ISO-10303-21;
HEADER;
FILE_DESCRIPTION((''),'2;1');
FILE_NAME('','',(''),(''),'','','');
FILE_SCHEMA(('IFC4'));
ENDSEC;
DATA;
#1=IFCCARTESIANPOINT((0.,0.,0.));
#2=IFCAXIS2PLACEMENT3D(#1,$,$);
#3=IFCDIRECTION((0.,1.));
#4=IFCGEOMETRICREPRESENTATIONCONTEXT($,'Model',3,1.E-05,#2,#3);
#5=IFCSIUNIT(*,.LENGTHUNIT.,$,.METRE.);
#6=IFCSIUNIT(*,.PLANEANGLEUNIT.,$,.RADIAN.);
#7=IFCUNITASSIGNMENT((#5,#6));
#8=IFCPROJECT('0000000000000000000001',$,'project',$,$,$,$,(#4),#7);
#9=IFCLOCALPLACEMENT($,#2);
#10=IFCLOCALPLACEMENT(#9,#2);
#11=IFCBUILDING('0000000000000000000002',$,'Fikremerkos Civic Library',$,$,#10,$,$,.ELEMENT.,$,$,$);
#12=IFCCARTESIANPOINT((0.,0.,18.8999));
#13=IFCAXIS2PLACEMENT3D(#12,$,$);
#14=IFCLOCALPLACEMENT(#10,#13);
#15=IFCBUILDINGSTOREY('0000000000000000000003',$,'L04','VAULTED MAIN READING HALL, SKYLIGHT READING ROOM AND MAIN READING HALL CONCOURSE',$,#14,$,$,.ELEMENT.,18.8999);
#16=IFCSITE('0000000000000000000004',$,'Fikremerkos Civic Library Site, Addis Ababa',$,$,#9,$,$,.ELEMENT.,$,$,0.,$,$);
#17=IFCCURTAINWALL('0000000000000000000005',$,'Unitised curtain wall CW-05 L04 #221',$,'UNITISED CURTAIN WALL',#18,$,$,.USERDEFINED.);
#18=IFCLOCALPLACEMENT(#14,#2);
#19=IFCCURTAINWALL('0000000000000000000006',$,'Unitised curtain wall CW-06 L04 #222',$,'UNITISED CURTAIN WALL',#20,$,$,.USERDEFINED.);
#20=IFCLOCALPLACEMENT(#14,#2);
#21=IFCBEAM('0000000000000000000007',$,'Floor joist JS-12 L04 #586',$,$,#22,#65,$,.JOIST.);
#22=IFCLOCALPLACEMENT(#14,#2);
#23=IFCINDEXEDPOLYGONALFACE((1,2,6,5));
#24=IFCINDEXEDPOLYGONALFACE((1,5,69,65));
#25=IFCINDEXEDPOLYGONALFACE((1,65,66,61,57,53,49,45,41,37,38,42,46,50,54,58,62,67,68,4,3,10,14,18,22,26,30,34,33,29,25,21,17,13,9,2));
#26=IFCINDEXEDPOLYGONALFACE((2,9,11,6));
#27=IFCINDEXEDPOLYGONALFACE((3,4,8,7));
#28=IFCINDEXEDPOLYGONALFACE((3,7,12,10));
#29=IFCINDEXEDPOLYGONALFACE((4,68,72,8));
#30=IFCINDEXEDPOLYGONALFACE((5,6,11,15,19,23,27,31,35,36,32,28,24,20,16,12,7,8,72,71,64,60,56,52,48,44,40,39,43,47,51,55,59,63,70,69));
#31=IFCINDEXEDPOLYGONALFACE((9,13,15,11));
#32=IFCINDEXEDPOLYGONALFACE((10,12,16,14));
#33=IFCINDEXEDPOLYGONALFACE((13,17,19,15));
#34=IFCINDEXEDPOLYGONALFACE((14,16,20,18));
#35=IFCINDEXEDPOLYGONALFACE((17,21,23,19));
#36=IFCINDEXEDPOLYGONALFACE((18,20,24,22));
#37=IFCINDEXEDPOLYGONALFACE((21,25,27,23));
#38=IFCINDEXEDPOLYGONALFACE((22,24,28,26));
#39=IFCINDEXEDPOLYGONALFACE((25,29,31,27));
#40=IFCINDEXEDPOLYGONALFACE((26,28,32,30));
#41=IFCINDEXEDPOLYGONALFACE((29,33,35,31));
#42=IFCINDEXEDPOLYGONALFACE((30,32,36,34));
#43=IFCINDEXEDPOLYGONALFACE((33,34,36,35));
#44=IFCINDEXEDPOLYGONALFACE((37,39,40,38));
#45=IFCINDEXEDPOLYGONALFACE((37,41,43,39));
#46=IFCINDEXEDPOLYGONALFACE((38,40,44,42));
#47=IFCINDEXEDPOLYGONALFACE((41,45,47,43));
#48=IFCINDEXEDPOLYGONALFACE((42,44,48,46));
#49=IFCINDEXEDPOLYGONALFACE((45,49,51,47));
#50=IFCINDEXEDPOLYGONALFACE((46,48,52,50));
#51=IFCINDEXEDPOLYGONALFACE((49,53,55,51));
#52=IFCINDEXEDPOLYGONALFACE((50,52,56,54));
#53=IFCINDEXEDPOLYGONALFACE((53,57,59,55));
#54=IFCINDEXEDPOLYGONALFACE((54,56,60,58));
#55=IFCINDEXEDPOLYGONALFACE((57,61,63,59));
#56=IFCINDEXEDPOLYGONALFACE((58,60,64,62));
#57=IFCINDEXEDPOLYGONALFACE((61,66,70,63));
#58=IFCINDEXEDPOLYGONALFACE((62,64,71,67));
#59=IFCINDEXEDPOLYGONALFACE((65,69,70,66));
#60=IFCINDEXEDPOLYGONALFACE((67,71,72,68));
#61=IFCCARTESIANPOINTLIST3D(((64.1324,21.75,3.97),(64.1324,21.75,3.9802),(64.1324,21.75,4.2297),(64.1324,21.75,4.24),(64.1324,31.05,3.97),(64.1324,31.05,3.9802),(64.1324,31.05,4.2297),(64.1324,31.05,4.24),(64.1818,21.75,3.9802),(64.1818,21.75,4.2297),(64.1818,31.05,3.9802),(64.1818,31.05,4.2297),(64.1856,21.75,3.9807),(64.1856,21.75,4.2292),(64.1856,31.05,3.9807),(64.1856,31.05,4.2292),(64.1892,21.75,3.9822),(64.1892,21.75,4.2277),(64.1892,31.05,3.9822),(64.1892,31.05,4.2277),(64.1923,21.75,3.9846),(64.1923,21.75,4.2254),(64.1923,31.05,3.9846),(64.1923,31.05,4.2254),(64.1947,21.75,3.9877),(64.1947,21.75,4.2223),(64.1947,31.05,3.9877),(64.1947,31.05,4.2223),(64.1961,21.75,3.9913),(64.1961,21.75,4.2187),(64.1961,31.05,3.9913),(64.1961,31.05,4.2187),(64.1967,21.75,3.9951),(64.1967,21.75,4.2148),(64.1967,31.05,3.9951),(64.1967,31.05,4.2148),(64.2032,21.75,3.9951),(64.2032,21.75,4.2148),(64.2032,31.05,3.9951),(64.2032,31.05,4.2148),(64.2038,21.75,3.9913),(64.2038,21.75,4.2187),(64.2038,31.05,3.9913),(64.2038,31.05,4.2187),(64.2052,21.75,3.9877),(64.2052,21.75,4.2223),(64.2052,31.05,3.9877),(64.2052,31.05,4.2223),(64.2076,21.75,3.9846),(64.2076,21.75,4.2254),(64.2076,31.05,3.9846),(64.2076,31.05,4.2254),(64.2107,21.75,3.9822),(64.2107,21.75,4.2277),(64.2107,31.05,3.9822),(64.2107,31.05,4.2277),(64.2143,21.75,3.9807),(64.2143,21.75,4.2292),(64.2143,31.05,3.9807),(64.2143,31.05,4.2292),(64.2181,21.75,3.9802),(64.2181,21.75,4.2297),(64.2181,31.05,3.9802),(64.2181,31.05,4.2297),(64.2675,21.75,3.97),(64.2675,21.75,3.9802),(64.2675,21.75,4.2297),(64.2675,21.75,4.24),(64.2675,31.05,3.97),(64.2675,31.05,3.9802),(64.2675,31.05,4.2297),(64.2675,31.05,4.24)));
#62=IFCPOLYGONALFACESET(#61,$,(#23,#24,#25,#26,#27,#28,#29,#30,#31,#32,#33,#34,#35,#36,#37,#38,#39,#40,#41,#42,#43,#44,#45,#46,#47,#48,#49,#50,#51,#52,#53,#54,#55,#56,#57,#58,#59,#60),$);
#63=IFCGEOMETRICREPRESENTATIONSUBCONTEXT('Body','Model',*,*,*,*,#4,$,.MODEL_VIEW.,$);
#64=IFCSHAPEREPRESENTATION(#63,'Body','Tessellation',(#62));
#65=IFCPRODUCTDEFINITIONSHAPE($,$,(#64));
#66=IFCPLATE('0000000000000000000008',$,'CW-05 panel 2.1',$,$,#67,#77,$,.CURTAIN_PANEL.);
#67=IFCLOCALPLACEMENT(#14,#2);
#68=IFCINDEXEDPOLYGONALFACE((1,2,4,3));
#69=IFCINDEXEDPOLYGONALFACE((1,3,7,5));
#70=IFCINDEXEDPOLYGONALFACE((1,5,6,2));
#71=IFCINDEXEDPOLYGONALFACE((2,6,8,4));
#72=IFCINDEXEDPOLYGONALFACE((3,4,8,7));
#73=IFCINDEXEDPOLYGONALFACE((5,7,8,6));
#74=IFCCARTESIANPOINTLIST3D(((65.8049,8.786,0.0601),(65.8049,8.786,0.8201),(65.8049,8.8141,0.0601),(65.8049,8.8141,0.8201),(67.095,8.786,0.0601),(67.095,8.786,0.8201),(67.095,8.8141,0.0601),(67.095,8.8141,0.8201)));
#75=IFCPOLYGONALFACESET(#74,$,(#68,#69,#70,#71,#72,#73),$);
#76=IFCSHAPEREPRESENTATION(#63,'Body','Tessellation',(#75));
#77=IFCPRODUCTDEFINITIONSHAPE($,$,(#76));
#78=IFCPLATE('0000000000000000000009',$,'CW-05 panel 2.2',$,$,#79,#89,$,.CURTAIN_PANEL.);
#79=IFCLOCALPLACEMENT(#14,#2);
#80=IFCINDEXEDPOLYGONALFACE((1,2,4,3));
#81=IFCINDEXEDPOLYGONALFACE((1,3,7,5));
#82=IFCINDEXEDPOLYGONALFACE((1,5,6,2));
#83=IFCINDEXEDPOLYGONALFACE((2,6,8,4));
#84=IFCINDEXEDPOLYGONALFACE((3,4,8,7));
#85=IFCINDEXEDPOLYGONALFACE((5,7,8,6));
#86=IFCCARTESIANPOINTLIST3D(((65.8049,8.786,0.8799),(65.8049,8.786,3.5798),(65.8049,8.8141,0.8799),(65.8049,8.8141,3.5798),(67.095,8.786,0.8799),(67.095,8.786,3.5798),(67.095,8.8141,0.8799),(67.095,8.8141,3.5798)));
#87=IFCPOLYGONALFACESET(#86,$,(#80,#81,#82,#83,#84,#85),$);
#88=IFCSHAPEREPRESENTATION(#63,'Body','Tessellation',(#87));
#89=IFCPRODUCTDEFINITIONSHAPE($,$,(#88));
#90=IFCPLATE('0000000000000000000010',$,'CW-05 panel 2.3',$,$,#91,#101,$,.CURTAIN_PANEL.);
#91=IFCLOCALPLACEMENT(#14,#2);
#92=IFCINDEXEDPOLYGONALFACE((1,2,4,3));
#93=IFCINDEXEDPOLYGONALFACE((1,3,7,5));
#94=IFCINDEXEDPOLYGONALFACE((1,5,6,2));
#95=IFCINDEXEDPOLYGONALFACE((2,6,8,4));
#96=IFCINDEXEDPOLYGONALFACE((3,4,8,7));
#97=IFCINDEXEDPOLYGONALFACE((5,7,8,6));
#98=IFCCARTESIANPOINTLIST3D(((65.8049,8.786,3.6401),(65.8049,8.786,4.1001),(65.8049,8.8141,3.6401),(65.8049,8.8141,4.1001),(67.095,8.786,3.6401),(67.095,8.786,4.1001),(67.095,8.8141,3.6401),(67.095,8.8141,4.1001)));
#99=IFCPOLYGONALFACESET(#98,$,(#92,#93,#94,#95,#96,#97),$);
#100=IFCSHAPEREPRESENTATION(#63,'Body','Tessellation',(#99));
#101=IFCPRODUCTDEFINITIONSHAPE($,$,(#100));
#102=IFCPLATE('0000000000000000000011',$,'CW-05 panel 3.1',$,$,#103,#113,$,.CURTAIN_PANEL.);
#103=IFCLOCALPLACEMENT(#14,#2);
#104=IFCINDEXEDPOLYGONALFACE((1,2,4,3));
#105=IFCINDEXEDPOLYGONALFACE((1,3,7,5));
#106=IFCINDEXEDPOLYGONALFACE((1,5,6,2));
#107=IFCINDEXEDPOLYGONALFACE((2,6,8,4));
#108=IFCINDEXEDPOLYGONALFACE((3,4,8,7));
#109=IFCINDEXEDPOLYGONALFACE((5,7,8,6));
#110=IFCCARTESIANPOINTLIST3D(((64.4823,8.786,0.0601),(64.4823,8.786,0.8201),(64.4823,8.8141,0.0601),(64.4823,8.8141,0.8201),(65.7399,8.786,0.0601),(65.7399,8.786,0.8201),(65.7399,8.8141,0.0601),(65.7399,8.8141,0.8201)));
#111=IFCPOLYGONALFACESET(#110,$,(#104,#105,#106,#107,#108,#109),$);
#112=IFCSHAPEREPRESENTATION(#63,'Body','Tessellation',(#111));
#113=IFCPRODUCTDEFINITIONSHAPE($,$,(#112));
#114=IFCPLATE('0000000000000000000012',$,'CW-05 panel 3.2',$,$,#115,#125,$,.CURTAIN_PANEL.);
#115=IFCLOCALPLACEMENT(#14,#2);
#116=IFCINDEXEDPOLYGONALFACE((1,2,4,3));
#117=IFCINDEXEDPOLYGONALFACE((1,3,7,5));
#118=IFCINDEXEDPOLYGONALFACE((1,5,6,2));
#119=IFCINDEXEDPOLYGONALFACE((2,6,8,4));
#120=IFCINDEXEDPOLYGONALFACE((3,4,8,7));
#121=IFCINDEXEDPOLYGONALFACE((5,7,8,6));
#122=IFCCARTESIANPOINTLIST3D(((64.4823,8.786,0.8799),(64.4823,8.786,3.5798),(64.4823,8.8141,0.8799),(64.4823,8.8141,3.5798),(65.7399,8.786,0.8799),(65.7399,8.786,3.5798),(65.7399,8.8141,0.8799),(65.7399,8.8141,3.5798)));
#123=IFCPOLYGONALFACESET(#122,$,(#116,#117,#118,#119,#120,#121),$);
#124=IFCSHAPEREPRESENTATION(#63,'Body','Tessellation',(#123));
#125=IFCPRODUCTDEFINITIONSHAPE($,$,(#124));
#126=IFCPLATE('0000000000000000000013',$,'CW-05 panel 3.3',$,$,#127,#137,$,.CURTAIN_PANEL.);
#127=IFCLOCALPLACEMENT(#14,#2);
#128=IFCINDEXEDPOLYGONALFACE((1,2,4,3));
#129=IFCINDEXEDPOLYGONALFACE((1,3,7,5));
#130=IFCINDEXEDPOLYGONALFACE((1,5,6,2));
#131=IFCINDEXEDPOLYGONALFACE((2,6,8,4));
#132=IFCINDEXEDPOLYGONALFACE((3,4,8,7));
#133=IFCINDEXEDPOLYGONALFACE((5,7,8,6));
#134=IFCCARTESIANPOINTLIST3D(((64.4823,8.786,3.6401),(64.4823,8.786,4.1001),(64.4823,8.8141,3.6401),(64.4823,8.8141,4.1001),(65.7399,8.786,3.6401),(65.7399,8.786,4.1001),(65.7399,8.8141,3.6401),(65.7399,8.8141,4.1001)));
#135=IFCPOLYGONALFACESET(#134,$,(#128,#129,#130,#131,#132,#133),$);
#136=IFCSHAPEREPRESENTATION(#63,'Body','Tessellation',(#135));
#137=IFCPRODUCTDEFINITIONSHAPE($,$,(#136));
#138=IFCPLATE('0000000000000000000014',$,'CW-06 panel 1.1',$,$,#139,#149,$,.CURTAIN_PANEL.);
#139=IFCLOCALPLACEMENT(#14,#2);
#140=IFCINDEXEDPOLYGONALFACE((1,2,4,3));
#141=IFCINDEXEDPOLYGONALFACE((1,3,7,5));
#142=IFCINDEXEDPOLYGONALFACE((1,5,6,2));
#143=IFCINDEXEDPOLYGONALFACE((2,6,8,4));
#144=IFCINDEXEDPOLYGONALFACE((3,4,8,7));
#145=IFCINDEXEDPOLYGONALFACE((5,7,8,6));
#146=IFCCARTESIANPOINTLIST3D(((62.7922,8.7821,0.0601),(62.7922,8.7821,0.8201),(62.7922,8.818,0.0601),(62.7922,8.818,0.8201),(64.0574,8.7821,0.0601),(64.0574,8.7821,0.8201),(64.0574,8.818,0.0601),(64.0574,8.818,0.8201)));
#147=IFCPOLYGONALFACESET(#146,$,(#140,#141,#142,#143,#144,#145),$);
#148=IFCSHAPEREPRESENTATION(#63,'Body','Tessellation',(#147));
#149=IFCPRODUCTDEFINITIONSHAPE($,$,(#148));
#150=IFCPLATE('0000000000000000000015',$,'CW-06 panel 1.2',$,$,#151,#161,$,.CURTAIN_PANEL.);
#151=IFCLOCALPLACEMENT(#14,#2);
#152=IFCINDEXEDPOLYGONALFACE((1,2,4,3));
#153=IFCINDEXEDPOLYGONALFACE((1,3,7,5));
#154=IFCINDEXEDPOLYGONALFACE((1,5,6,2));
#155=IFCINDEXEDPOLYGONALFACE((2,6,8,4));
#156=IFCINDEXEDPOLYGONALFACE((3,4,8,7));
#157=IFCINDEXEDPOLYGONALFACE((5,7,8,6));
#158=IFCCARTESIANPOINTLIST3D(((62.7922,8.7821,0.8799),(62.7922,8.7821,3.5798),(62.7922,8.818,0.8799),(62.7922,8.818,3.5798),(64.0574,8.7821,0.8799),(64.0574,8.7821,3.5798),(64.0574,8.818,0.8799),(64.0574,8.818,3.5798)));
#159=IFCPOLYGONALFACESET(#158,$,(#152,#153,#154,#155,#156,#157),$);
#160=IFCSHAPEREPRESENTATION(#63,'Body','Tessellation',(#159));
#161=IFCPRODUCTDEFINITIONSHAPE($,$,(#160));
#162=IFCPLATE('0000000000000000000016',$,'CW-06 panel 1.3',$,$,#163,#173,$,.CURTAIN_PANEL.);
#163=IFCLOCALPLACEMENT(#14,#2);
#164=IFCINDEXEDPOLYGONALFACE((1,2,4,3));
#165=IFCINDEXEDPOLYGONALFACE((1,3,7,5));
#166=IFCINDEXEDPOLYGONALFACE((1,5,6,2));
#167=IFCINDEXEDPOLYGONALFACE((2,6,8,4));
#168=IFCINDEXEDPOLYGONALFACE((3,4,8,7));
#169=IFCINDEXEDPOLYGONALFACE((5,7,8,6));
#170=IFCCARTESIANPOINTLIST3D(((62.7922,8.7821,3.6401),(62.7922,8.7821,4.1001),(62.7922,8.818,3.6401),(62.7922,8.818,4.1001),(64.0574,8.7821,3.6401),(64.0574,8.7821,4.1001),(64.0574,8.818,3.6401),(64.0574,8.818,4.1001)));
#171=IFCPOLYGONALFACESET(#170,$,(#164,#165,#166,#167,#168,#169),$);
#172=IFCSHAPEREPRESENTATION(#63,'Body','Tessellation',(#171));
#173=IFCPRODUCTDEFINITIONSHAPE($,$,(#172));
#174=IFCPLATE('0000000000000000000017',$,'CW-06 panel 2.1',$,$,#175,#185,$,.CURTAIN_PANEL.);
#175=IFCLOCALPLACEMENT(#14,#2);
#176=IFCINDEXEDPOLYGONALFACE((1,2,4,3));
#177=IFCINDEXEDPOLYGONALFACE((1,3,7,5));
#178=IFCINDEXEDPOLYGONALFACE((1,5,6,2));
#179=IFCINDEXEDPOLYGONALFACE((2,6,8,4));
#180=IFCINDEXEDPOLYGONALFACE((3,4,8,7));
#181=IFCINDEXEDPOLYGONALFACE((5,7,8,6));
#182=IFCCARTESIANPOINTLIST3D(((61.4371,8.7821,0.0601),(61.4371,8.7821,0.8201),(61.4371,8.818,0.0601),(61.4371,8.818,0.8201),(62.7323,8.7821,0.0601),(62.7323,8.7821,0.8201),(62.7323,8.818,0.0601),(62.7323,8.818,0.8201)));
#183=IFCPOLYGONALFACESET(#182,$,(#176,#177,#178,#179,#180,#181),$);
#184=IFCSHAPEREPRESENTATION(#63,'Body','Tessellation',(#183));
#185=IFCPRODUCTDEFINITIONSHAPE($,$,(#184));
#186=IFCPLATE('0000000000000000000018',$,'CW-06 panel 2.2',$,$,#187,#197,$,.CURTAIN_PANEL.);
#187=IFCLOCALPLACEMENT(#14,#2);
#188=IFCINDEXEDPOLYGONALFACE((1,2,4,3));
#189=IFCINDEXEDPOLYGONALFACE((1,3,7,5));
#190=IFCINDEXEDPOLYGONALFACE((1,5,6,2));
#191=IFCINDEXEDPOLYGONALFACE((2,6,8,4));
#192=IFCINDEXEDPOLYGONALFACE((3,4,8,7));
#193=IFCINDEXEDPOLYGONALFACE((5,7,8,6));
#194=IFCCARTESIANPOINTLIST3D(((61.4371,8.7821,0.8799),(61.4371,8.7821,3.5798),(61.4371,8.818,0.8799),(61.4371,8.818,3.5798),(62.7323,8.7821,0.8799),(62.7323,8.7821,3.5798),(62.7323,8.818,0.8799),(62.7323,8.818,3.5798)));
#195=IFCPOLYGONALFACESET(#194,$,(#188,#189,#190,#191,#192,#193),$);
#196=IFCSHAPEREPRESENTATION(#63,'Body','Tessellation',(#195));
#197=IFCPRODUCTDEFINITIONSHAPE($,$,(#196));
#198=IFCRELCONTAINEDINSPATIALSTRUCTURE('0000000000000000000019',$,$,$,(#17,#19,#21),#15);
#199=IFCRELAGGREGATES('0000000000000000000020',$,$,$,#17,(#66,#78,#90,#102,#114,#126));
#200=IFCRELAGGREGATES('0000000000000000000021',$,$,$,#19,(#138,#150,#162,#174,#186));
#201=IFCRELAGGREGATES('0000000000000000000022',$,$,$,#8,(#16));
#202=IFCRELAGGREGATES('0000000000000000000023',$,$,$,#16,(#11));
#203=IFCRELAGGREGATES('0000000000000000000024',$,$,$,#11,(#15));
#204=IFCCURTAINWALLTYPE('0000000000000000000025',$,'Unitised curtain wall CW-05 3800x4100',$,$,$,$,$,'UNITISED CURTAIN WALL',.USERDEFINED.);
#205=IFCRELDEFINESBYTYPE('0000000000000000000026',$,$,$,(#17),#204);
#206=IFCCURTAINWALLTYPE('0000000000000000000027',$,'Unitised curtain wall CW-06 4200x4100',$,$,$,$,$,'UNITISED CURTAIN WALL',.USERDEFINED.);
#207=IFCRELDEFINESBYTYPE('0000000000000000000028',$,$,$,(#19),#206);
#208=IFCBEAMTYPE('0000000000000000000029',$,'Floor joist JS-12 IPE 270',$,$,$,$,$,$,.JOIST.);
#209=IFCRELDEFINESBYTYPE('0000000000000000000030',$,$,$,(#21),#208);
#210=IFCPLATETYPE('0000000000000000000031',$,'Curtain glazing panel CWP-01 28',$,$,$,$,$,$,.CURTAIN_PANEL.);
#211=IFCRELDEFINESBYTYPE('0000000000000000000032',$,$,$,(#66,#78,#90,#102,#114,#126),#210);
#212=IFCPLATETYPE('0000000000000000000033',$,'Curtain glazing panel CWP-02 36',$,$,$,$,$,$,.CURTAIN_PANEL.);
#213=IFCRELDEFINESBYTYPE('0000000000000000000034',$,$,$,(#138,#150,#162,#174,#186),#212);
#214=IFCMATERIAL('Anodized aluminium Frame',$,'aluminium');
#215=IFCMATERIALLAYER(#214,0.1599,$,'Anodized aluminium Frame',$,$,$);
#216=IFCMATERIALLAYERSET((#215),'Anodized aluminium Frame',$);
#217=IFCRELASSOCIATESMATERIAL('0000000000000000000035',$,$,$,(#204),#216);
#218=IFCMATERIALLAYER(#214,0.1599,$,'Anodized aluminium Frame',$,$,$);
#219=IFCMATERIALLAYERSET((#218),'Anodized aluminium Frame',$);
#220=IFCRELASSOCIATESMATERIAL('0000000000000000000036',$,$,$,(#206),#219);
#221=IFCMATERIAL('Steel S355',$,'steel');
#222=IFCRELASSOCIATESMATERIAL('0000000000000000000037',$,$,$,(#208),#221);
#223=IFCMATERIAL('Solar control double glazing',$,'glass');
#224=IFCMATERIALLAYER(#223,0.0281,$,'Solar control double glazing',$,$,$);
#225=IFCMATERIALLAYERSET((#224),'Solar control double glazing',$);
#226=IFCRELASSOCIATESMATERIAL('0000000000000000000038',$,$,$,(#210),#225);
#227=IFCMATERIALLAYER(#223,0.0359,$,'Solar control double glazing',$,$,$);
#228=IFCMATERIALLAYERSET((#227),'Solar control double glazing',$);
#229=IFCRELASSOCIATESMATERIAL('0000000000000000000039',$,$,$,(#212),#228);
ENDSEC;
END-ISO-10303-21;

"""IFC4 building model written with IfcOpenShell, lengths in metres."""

from ifc_helpers import new_model, si_unit, direction, frame, origin, origin_2d, place, context, subcontext, project, spatial, rectangle, i_section, extrude, material, layer, layer_set, material_profile, profile_set, type_object, element, aggregate, save


model = new_model("IFC4")

# Units and contexts
model_context = context("Model", 3, precision=1e-05, world=origin(), true_north=direction((0.0, 1.0)))
body_context = subcontext(model_context, "Body", "Model", "MODEL_VIEW")
ifc_project = project(units=[si_unit("LENGTHUNIT", "METRE"), si_unit("PLANEANGLEUNIT", "RADIAN")], contexts=[model_context])

# Site, building, storey
site_placement = place(None, origin())
site = spatial("IfcSite", under=ifc_project, at=site_placement, Name="Fikremerkos Civic Library Site, Addis Ababa", CompositionType="ELEMENT", RefElevation=0.0)
building_placement = place(site_placement, origin())
building = spatial("IfcBuilding", under=site, at=building_placement, Name="Fikremerkos Civic Library", CompositionType="ELEMENT")
storey_placement = place(building_placement, frame((0.0, 0.0, 18.8999)))
storey = spatial("IfcBuildingStorey", under=building, at=storey_placement, Name="L04", Description="VAULTED MAIN READING HALL, SKYLIGHT READING ROOM AND MAIN READING HALL CONCOURSE", CompositionType="ELEMENT", Elevation=18.8999)

# Curtain walls
ifc_material_1 = material(Name="Anodized aluminium Frame", Category="aluminium")
ifc_layer_1 = layer(ifc_material_1, 0.1599, Name="Anodized aluminium Frame")
ifc_layer_set_1 = layer_set([ifc_layer_1], Name="Anodized aluminium Frame")
curtain_wall_type_1 = type_object("IfcCurtainWallType", Name="Unitised curtain wall CW-05 3800x4100", ElementType="UNITISED CURTAIN WALL", PredefinedType="USERDEFINED", material=ifc_layer_set_1)
curtain_wall_1_placement = place(storey_placement, origin())
curtain_wall_1 = element("IfcCurtainWall", 1, at=curtain_wall_1_placement, inside=storey, type_object=curtain_wall_type_1, Name="Unitised curtain wall CW-05 L04 #221", ObjectType="UNITISED CURTAIN WALL", PredefinedType="USERDEFINED")
ifc_layer_2 = layer(ifc_material_1, 0.1599, Name="Anodized aluminium Frame")
ifc_layer_set_2 = layer_set([ifc_layer_2], Name="Anodized aluminium Frame")
curtain_wall_type_2 = type_object("IfcCurtainWallType", Name="Unitised curtain wall CW-06 4200x4100", ElementType="UNITISED CURTAIN WALL", PredefinedType="USERDEFINED", material=ifc_layer_set_2)
curtain_wall_2_placement = place(storey_placement, origin())
curtain_wall_2 = element("IfcCurtainWall", 2, at=curtain_wall_2_placement, inside=storey, type_object=curtain_wall_type_2, Name="Unitised curtain wall CW-06 L04 #222", ObjectType="UNITISED CURTAIN WALL", PredefinedType="USERDEFINED")

# Beam
ifc_material_2 = material(Name="Steel S355", Category="steel")
ifc_material_profile_1 = material_profile(ifc_material_2, i_section(OverallWidth=0.135, OverallDepth=0.27, WebThickness=0.0066, FlangeThickness=0.0103, FilletRadius=0.0149, at=origin_2d()), Name="IPE 270")
ifc_profile_set_1 = profile_set([ifc_material_profile_1], Name="Steel S355")
beam_type = type_object("IfcBeamType", Name="Floor joist JS-12 IPE 270", PredefinedType="JOIST", material=ifc_profile_set_1)
beam_placement = place(storey_placement, frame((64.2, 21.75, 4.105), z_axis=(0.0, 1.0, 0.0), x_axis=(-1.0, 0.0, 0.0)))
element("IfcBeam", 3, at=beam_placement, inside=storey, type_object=beam_type, Name="Floor joist JS-12 L04 #586", PredefinedType="JOIST", context=body_context, shape_type="SweptSolid", body=[
    extrude(i_section(OverallWidth=0.135, OverallDepth=0.27, WebThickness=0.0066, FlangeThickness=0.0103, FilletRadius=0.0149, at=origin_2d()), origin(), (0.0, 0.0, 1.0), 9.3),
])

# Plates
ifc_material_3 = material(Name="Solar control double glazing", Category="glass")
ifc_layer_3 = layer(ifc_material_3, 0.0281, Name="Solar control double glazing")
ifc_layer_set_3 = layer_set([ifc_layer_3], Name="Solar control double glazing")
plate_type_1 = type_object("IfcPlateType", Name="Curtain glazing panel CWP-01 28", PredefinedType="CURTAIN_PANEL", material=ifc_layer_set_3)
plate_1_placement = place(storey_placement, frame((66.45, 8.8, 0.0601), z_axis=(0.0, 0.0, 1.0), x_axis=(-1.0, 0.0, 0.0)))
plate_1 = element("IfcPlate", 4, at=plate_1_placement, type_object=plate_type_1, Name="CW-05 panel 2.1", PredefinedType="CURTAIN_PANEL", context=body_context, shape_type="SweptSolid", body=[
    extrude(rectangle(XDim=1.29, YDim=0.0281, at=origin_2d()), origin(), (0.0, 0.0, 1.0), 0.76),
])
plate_2_placement = place(storey_placement, frame((66.45, 8.8, 0.8799), z_axis=(0.0, 0.0, 1.0), x_axis=(-1.0, 0.0, 0.0)))
plate_2 = element("IfcPlate", 5, at=plate_2_placement, type_object=plate_type_1, Name="CW-05 panel 2.2", PredefinedType="CURTAIN_PANEL", context=body_context, shape_type="SweptSolid", body=[
    extrude(rectangle(XDim=1.29, YDim=0.0281, at=origin_2d()), origin(), (0.0, 0.0, 1.0), 2.7),
])
plate_3_placement = place(storey_placement, frame((66.45, 8.8, 3.6401), z_axis=(0.0, 0.0, 1.0), x_axis=(-1.0, 0.0, 0.0)))
plate_3 = element("IfcPlate", 6, at=plate_3_placement, type_object=plate_type_1, Name="CW-05 panel 2.3", PredefinedType="CURTAIN_PANEL", context=body_context, shape_type="SweptSolid", body=[
    extrude(rectangle(XDim=1.29, YDim=0.0281, at=origin_2d()), origin(), (0.0, 0.0, 1.0), 0.46),
])
plate_4_placement = place(storey_placement, frame((65.1111, 8.8, 0.0601), z_axis=(0.0, 0.0, 1.0), x_axis=(-1.0, 0.0, 0.0)))
plate_4 = element("IfcPlate", 7, at=plate_4_placement, type_object=plate_type_1, Name="CW-05 panel 3.1", PredefinedType="CURTAIN_PANEL", context=body_context, shape_type="SweptSolid", body=[
    extrude(rectangle(XDim=1.2576, YDim=0.0281, at=origin_2d()), origin(), (0.0, 0.0, 1.0), 0.76),
])
plate_5_placement = place(storey_placement, frame((65.1111, 8.8, 0.8799), z_axis=(0.0, 0.0, 1.0), x_axis=(-1.0, 0.0, 0.0)))
plate_5 = element("IfcPlate", 8, at=plate_5_placement, type_object=plate_type_1, Name="CW-05 panel 3.2", PredefinedType="CURTAIN_PANEL", context=body_context, shape_type="SweptSolid", body=[
    extrude(rectangle(XDim=1.2576, YDim=0.0281, at=origin_2d()), origin(), (0.0, 0.0, 1.0), 2.7),
])
plate_6_placement = place(storey_placement, frame((65.1111, 8.8, 3.6401), z_axis=(0.0, 0.0, 1.0), x_axis=(-1.0, 0.0, 0.0)))
plate_6 = element("IfcPlate", 9, at=plate_6_placement, type_object=plate_type_1, Name="CW-05 panel 3.3", PredefinedType="CURTAIN_PANEL", context=body_context, shape_type="SweptSolid", body=[
    extrude(rectangle(XDim=1.2576, YDim=0.0281, at=origin_2d()), origin(), (0.0, 0.0, 1.0), 0.46),
])
aggregate(curtain_wall_1, [plate_1, plate_2, plate_3, plate_4, plate_5, plate_6])
ifc_layer_4 = layer(ifc_material_3, 0.0359, Name="Solar control double glazing")
ifc_layer_set_4 = layer_set([ifc_layer_4], Name="Solar control double glazing")
plate_type_2 = type_object("IfcPlateType", Name="Curtain glazing panel CWP-02 36", PredefinedType="CURTAIN_PANEL", material=ifc_layer_set_4)
plate_7_placement = place(storey_placement, frame((63.4248, 8.8, 0.0601), z_axis=(0.0, 0.0, 1.0), x_axis=(-1.0, 0.0, 0.0)))
plate_7 = element("IfcPlate", 10, at=plate_7_placement, type_object=plate_type_2, Name="CW-06 panel 1.1", PredefinedType="CURTAIN_PANEL", context=body_context, shape_type="SweptSolid", body=[
    extrude(rectangle(XDim=1.2651, YDim=0.0359, at=origin_2d()), origin(), (0.0, 0.0, 1.0), 0.76),
])
plate_8_placement = place(storey_placement, frame((63.4248, 8.8, 0.8799), z_axis=(0.0, 0.0, 1.0), x_axis=(-1.0, 0.0, 0.0)))
plate_8 = element("IfcPlate", 11, at=plate_8_placement, type_object=plate_type_2, Name="CW-06 panel 1.2", PredefinedType="CURTAIN_PANEL", context=body_context, shape_type="SweptSolid", body=[
    extrude(rectangle(XDim=1.2651, YDim=0.0359, at=origin_2d()), origin(), (0.0, 0.0, 1.0), 2.7),
])
plate_9_placement = place(storey_placement, frame((63.4248, 8.8, 3.6401), z_axis=(0.0, 0.0, 1.0), x_axis=(-1.0, 0.0, 0.0)))
plate_9 = element("IfcPlate", 12, at=plate_9_placement, type_object=plate_type_2, Name="CW-06 panel 1.3", PredefinedType="CURTAIN_PANEL", context=body_context, shape_type="SweptSolid", body=[
    extrude(rectangle(XDim=1.2651, YDim=0.0359, at=origin_2d()), origin(), (0.0, 0.0, 1.0), 0.46),
])
plate_10_placement = place(storey_placement, frame((62.0847, 8.8, 0.0601), z_axis=(0.0, 0.0, 1.0), x_axis=(-1.0, 0.0, 0.0)))
plate_10 = element("IfcPlate", 13, at=plate_10_placement, type_object=plate_type_2, Name="CW-06 panel 2.1", PredefinedType="CURTAIN_PANEL", context=body_context, shape_type="SweptSolid", body=[
    extrude(rectangle(XDim=1.2952, YDim=0.0359, at=origin_2d()), origin(), (0.0, 0.0, 1.0), 0.76),
])
plate_11_placement = place(storey_placement, frame((62.0847, 8.8, 0.8799), z_axis=(0.0, 0.0, 1.0), x_axis=(-1.0, 0.0, 0.0)))
plate_11 = element("IfcPlate", 14, at=plate_11_placement, type_object=plate_type_2, Name="CW-06 panel 2.2", PredefinedType="CURTAIN_PANEL", context=body_context, shape_type="SweptSolid", body=[
    extrude(rectangle(XDim=1.2952, YDim=0.0359, at=origin_2d()), origin(), (0.0, 0.0, 1.0), 2.7),
])
aggregate(curtain_wall_2, [plate_7, plate_8, plate_9, plate_10, plate_11])

save(model, "model.ifc")
